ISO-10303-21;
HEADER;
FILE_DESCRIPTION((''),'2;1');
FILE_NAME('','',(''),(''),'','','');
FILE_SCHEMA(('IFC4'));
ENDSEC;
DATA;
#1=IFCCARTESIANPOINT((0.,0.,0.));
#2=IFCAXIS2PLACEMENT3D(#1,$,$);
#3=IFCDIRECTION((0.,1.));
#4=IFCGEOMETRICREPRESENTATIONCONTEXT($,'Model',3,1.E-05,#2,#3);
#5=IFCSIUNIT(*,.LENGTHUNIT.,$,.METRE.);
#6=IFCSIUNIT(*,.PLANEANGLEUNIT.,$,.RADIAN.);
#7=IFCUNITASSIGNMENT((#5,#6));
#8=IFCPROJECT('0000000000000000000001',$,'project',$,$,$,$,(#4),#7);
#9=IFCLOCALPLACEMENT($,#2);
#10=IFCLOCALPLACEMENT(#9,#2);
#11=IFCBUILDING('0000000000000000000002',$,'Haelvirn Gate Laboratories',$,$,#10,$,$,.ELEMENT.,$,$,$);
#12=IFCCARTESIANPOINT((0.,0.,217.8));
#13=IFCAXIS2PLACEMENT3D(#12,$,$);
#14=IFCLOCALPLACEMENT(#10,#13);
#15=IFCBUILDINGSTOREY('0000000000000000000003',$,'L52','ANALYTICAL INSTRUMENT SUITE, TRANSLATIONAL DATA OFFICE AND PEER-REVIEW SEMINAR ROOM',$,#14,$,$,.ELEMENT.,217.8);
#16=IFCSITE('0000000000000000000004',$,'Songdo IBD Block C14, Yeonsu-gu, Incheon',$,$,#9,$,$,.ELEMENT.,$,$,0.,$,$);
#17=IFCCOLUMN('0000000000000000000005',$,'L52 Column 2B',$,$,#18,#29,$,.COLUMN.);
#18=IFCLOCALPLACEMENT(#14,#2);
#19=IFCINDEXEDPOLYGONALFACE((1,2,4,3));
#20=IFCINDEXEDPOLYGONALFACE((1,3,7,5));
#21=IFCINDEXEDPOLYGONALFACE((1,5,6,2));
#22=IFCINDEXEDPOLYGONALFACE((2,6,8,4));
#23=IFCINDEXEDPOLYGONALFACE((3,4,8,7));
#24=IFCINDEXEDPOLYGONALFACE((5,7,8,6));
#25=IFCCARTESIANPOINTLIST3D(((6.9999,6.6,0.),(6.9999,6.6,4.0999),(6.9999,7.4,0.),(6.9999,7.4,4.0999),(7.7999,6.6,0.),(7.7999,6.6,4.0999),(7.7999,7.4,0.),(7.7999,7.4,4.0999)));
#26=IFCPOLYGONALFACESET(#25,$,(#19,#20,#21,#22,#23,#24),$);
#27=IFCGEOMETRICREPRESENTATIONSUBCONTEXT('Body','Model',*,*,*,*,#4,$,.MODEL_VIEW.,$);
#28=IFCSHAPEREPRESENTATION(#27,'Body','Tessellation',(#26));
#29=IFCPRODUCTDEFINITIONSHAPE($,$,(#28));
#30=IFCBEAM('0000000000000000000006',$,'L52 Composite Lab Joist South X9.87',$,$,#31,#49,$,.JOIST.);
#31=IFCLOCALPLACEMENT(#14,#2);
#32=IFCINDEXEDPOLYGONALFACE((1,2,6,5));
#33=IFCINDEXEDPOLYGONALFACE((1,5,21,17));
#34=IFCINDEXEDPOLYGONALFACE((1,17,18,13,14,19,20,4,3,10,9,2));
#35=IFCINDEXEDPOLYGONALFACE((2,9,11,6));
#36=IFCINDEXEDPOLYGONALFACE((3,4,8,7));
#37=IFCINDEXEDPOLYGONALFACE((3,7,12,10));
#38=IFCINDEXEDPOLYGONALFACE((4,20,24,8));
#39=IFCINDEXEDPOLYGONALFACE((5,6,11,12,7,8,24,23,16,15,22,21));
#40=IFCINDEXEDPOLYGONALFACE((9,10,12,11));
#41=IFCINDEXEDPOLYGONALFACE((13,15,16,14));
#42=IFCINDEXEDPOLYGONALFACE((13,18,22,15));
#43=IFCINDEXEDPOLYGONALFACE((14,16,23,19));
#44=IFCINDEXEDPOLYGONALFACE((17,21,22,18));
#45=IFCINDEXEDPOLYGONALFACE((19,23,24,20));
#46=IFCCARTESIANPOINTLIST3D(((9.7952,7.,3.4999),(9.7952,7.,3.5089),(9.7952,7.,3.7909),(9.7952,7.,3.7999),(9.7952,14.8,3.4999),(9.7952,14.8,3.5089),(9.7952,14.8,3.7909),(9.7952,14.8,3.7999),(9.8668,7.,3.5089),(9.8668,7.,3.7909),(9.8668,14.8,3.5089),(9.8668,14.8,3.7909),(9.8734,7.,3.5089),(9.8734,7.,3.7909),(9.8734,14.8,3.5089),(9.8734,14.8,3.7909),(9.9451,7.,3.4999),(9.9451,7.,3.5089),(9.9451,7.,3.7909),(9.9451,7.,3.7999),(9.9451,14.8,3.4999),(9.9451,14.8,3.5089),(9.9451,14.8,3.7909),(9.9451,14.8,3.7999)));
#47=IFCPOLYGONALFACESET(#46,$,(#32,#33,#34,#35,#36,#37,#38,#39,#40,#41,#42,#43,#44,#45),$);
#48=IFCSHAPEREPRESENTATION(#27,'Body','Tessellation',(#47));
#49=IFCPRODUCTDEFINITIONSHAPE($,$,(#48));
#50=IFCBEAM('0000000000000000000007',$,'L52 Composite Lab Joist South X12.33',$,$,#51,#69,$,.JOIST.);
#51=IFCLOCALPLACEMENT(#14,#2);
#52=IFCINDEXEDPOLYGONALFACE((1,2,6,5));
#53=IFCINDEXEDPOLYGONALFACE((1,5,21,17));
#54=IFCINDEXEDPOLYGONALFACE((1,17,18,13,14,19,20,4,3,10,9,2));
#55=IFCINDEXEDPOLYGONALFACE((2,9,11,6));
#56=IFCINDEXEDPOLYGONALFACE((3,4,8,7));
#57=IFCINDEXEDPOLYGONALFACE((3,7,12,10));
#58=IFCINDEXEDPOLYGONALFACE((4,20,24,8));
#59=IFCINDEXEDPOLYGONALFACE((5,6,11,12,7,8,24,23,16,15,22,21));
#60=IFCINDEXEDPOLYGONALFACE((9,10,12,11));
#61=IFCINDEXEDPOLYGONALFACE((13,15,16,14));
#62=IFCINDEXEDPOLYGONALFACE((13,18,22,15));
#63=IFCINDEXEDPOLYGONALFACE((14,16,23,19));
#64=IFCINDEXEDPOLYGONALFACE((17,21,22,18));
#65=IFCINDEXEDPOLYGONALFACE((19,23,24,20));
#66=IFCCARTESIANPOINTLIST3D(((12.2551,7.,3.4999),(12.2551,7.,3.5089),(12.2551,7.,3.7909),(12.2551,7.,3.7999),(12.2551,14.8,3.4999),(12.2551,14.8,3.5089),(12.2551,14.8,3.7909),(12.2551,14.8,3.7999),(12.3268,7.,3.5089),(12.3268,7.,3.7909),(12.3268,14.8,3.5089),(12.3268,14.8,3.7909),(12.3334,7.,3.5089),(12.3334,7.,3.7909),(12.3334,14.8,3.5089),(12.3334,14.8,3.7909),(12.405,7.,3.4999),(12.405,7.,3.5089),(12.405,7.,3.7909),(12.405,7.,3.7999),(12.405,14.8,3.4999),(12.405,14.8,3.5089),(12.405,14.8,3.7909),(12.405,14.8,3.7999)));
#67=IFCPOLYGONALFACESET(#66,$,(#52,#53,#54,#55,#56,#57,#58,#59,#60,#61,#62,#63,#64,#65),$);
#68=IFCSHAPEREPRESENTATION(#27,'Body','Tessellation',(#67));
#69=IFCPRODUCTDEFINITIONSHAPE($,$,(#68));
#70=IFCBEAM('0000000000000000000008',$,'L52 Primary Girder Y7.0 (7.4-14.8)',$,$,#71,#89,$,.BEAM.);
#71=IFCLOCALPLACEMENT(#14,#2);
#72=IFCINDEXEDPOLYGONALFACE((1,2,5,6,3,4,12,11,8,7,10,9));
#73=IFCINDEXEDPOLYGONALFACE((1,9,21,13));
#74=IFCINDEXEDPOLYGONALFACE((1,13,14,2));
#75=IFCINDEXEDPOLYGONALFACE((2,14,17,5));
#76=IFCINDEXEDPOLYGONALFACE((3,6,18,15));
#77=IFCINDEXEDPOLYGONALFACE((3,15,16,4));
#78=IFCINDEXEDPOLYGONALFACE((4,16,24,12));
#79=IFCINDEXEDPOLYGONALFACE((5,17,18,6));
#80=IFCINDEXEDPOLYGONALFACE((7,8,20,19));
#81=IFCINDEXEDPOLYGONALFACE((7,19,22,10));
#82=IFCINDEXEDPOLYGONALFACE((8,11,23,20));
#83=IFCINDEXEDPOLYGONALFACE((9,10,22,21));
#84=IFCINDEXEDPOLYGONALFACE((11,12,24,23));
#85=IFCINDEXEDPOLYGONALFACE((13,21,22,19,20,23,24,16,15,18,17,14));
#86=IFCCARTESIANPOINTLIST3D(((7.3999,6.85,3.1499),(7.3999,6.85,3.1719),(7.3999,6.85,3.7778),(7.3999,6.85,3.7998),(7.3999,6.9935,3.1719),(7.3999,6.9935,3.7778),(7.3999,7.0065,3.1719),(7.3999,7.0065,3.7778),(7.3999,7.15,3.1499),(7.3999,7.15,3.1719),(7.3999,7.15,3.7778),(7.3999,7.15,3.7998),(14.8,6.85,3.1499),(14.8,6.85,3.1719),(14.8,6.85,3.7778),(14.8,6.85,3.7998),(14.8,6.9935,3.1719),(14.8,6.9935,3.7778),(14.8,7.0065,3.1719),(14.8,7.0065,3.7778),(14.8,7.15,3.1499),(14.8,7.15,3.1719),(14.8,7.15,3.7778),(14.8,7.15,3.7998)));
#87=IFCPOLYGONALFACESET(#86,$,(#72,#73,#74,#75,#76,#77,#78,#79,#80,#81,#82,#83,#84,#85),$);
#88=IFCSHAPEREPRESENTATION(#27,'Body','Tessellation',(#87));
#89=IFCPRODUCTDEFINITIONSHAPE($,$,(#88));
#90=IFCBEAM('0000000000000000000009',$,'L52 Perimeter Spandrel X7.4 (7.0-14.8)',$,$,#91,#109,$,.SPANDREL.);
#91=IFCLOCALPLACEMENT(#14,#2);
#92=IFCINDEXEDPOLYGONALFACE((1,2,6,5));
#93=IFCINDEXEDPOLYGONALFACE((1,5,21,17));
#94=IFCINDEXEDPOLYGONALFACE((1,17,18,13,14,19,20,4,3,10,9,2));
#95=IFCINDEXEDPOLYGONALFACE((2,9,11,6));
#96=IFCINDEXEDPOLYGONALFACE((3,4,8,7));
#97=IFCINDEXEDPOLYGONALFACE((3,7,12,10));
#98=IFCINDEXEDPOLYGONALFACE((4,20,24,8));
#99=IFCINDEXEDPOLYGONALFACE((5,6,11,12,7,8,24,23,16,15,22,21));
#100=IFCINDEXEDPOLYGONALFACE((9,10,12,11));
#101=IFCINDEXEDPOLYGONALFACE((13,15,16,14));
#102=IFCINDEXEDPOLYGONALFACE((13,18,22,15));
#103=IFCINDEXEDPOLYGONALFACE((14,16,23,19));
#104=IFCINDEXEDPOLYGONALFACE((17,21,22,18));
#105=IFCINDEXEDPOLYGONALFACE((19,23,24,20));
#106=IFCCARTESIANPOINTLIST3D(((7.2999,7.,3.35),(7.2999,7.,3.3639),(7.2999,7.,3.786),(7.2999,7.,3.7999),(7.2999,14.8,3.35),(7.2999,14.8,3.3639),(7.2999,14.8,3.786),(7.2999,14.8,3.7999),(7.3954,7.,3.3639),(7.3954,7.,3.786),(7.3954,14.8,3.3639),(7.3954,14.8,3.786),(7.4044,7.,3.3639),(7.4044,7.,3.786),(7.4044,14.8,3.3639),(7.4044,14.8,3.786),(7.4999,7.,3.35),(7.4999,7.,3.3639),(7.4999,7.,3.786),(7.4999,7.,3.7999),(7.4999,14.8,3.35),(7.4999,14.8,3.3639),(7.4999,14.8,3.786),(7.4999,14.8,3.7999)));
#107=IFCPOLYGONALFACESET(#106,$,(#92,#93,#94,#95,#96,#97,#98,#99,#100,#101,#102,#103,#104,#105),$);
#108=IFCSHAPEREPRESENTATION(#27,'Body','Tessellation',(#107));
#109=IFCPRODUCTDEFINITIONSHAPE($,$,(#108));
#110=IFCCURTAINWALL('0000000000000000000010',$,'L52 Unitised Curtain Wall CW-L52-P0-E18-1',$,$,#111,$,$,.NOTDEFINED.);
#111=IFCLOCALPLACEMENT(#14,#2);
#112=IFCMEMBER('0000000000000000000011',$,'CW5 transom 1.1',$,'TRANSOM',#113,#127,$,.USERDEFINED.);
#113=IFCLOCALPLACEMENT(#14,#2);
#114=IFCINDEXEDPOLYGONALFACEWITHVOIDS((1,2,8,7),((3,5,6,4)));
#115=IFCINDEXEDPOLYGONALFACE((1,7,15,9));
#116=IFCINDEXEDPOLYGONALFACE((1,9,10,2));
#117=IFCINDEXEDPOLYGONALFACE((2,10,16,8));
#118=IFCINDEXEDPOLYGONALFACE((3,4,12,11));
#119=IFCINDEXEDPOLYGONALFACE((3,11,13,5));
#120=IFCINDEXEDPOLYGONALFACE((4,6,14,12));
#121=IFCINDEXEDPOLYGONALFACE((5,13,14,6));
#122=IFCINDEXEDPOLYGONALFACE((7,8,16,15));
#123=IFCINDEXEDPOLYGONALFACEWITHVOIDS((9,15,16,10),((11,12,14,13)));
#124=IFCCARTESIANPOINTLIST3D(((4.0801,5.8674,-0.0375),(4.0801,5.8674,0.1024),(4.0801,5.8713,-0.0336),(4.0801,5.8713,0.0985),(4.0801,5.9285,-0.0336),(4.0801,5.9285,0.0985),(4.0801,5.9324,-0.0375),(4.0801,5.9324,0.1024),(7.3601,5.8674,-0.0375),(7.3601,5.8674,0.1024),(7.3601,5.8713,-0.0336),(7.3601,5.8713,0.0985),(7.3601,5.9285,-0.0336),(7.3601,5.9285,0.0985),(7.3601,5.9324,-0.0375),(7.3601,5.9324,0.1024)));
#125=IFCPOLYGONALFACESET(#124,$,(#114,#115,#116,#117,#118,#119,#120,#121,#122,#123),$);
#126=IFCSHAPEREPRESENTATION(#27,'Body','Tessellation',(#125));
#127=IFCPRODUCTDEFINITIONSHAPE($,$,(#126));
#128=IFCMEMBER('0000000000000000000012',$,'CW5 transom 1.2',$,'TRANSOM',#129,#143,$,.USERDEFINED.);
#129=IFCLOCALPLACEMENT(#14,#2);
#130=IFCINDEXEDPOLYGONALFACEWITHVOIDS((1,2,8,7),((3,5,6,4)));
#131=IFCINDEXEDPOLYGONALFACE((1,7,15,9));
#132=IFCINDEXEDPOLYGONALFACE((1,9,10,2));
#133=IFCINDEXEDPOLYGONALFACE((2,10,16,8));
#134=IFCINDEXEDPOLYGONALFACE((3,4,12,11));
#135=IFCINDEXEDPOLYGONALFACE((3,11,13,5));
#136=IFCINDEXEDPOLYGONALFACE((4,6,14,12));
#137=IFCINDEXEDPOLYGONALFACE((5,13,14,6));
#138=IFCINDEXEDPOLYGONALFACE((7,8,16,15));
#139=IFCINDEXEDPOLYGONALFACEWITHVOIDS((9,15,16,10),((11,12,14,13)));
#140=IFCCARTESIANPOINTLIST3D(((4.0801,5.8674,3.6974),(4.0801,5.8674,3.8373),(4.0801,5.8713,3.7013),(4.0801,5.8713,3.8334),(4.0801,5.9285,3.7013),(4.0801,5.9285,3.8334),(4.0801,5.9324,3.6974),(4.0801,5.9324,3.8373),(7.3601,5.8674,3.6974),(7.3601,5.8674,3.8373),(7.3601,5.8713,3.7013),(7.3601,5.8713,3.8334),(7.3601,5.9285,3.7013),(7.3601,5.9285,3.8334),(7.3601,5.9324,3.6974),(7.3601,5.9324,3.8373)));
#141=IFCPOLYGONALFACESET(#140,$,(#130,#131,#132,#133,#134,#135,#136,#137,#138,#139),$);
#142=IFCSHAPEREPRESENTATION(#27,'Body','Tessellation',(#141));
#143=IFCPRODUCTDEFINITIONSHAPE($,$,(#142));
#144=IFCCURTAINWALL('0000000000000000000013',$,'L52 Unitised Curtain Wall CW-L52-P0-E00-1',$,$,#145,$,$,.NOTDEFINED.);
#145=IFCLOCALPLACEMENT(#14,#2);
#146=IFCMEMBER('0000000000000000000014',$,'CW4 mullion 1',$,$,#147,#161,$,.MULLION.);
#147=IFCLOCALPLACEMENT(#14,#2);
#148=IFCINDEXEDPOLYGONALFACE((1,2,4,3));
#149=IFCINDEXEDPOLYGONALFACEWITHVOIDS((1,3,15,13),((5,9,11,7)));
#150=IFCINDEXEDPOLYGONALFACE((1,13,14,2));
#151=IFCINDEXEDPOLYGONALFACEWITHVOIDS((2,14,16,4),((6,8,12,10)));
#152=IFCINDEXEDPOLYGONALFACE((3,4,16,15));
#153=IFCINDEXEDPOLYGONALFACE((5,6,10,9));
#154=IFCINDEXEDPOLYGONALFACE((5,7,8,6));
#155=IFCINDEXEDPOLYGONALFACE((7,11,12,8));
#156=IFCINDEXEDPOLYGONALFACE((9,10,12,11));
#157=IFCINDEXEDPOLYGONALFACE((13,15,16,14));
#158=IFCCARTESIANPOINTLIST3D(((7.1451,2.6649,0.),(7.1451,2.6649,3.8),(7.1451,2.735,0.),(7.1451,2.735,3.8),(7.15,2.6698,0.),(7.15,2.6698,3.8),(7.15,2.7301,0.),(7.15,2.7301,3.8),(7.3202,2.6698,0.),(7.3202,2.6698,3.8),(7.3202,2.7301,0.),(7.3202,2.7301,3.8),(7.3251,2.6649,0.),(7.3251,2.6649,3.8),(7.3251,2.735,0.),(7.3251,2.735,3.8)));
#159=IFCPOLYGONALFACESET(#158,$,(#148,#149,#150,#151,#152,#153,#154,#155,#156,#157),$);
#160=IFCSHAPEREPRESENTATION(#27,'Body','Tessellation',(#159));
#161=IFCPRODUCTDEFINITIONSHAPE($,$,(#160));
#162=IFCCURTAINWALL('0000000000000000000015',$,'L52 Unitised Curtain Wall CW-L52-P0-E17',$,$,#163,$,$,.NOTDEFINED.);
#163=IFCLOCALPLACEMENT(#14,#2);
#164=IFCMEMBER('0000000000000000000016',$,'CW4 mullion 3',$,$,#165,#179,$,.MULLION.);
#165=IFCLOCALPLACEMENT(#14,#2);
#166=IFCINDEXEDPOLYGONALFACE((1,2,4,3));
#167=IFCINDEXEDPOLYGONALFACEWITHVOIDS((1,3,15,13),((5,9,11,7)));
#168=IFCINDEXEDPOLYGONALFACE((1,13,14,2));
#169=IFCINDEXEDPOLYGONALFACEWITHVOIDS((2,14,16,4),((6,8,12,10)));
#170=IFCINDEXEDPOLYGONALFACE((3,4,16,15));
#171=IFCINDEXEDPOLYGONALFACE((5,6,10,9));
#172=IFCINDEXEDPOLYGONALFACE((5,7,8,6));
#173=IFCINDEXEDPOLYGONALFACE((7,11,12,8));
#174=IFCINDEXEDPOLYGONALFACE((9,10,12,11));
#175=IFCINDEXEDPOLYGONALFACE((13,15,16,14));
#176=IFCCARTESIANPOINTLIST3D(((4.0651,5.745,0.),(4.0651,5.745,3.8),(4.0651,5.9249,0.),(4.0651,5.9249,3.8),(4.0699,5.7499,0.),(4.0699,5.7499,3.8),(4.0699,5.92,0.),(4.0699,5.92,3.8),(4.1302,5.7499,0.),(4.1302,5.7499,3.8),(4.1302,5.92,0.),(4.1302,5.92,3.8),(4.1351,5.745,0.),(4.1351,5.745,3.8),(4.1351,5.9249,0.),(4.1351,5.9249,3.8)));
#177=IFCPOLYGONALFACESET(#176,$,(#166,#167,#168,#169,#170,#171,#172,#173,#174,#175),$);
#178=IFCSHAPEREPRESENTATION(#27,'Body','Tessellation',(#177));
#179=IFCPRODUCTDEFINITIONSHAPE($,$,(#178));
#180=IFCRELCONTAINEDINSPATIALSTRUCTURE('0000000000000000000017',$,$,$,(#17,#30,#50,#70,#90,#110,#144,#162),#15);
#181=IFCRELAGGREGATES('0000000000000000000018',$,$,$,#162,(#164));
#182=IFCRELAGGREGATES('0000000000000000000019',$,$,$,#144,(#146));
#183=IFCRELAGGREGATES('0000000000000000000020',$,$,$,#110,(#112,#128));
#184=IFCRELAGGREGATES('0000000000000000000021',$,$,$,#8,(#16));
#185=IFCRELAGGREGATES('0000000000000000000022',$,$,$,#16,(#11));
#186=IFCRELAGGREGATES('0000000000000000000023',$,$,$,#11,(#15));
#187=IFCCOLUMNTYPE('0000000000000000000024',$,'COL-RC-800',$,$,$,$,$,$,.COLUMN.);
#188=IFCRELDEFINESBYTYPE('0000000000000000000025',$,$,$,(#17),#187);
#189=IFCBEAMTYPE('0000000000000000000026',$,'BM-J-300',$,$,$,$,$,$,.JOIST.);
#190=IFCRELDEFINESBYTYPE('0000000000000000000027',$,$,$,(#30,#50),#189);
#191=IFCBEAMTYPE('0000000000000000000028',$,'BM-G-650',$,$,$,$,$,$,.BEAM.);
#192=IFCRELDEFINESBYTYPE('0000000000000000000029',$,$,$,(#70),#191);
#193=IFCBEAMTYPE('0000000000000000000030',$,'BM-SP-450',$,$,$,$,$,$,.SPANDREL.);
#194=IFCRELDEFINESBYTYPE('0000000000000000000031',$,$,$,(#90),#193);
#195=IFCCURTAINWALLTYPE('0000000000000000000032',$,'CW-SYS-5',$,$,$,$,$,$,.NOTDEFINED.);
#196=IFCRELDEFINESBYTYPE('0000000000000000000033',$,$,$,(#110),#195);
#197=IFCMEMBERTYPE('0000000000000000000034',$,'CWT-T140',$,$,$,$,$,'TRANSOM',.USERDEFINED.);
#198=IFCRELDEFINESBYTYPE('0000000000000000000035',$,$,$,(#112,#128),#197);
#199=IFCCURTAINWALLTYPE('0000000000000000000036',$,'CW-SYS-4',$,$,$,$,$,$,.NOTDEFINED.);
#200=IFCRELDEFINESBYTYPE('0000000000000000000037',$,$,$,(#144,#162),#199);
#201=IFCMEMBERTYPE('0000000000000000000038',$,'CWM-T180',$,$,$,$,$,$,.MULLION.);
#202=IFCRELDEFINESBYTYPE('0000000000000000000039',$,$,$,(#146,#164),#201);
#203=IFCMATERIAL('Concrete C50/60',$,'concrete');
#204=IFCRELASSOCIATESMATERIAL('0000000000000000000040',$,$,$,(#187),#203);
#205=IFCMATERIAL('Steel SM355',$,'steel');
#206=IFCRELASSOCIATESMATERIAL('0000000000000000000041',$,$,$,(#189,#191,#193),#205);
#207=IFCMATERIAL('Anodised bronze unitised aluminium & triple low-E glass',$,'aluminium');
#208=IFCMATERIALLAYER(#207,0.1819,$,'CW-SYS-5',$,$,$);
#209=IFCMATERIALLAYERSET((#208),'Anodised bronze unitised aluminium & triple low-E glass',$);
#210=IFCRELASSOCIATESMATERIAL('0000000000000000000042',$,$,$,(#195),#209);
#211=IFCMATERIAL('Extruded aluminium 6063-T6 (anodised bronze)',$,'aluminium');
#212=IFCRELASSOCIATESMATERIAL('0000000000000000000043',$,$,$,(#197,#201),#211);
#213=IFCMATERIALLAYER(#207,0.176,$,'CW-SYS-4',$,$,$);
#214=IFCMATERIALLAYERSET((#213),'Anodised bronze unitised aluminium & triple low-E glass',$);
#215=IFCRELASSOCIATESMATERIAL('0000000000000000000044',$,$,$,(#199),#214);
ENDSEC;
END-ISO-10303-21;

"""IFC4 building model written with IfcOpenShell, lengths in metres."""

from ifc_helpers import new_model, si_unit, direction, frame, origin, origin_2d, place, context, subcontext, project, spatial, rectangle, hollow_rectangle, i_section, extrude, source, transform, mapped, material, layer, layer_set, material_profile, profile_set, type_object, type_shapes, element, aggregate, save


model = new_model("IFC4")

# Units and contexts
model_context = context("Model", 3, precision=1e-05, world=origin(), true_north=direction((0.0, 1.0)))
body_context = subcontext(model_context, "Body", "Model", "MODEL_VIEW")
ifc_project = project(units=[si_unit("LENGTHUNIT", "METRE"), si_unit("PLANEANGLEUNIT", "RADIAN")], contexts=[model_context])

# Site, building, storey
site_placement = place(None, origin())
site = spatial("IfcSite", under=ifc_project, at=site_placement, Name="Songdo IBD Block C14, Yeonsu-gu, Incheon", CompositionType="ELEMENT", RefElevation=0.0)
building_placement = place(site_placement, origin())
building = spatial("IfcBuilding", under=site, at=building_placement, Name="Haelvirn Gate Laboratories", CompositionType="ELEMENT")
storey_placement = place(building_placement, frame((0.0, 0.0, 217.8)))
storey = spatial("IfcBuildingStorey", under=building, at=storey_placement, Name="L52", Description="ANALYTICAL INSTRUMENT SUITE, TRANSLATIONAL DATA OFFICE AND PEER-REVIEW SEMINAR ROOM", CompositionType="ELEMENT", Elevation=217.8)

# Column
ifc_material_1 = material(Name="Concrete C50/60", Category="concrete")
ifc_material_profile_1 = material_profile(ifc_material_1, rectangle(XDim=0.8, YDim=0.8, at=origin_2d()), Name="RC-800x800")
ifc_profile_set_1 = profile_set([ifc_material_profile_1], Name="Concrete C50/60")
column_type = type_object("IfcColumnType", Name="COL-RC-800", PredefinedType="COLUMN", material=ifc_profile_set_1)
shared_shape_1 = source(origin(), body_context, "Body", "SweptSolid", [
    extrude(rectangle(XDim=0.8, YDim=0.8, at=origin_2d()), origin(), (0.0, 0.0, 1.0), 4.0999),
])
type_shapes(column_type, [shared_shape_1])
column_placement = place(storey_placement, frame((7.3999, 7.0, 0.0), z_axis=(0.0, 0.0, 1.0), x_axis=(1.0, 0.0, 0.0)))
element("IfcColumn", 1, at=column_placement, inside=storey, type_object=column_type, Name="L52 Column 2B", PredefinedType="COLUMN", context=body_context, shape_type="MappedRepresentation", body=[
    mapped(shared_shape_1, transform((0.0, 0.0, 0.0), scale=1.0)),
])

# Beams
ifc_material_2 = material(Name="Steel SM355", Category="steel")
ifc_material_profile_2 = material_profile(ifc_material_2, i_section(OverallWidth=0.1499, OverallDepth=0.3, WebThickness=0.0066, FlangeThickness=0.009, at=origin_2d()), Name="H-300x150x6.5x9")
ifc_profile_set_2 = profile_set([ifc_material_profile_2], Name="Steel SM355")
beam_type_1 = type_object("IfcBeamType", Name="BM-J-300", PredefinedType="JOIST", material=ifc_profile_set_2)
shared_shape_2 = source(origin(), body_context, "Body", "SweptSolid", [
    extrude(i_section(OverallWidth=0.1499, OverallDepth=0.3, WebThickness=0.0066, FlangeThickness=0.009, at=origin_2d()), origin(), (0.0, 0.0, 1.0), 7.8),
])
type_shapes(beam_type_1, [shared_shape_2])
for number, where, z_axis, x_axis, name in (
    (2, (9.8701, 7.0, 3.6499), (0.0, 1.0, 0.0), (-1.0, 0.0, 0.0), "L52 Composite Lab Joist South X9.87"),
    (3, (12.3301, 7.0, 3.6499), (0.0, 1.0, 0.0), (-1.0, 0.0, 0.0), "L52 Composite Lab Joist South X12.33"),
):
    element("IfcBeam", number, at=place(storey_placement, frame(where, z_axis=z_axis, x_axis=x_axis)), inside=storey, type_object=beam_type_1, Name=name, PredefinedType="JOIST", context=body_context, shape_type="MappedRepresentation", body=[
        mapped(shared_shape_2, transform((0.0, 0.0, 0.0), scale=1.0)),
    ])
ifc_material_profile_3 = material_profile(ifc_material_2, i_section(OverallWidth=0.3, OverallDepth=0.6499, WebThickness=0.0129, FlangeThickness=0.022, at=origin_2d()), Name="H-650x300x13x22")
ifc_profile_set_3 = profile_set([ifc_material_profile_3], Name="Steel SM355")
beam_type_2 = type_object("IfcBeamType", Name="BM-G-650", PredefinedType="BEAM", material=ifc_profile_set_3)
shared_shape_3 = source(origin(), body_context, "Body", "SweptSolid", [
    extrude(i_section(OverallWidth=0.3, OverallDepth=0.6499, WebThickness=0.0129, FlangeThickness=0.022, at=origin_2d()), origin(), (0.0, 0.0, 1.0), 7.4001),
])
type_shapes(beam_type_2, [shared_shape_3])
beam_1_placement = place(storey_placement, frame((7.3999, 7.0, 3.4749), z_axis=(1.0, 0.0, 0.0), x_axis=(0.0, 1.0, 0.0)))
element("IfcBeam", 4, at=beam_1_placement, inside=storey, type_object=beam_type_2, Name="L52 Primary Girder Y7.0 (7.4-14.8)", PredefinedType="BEAM", context=body_context, shape_type="MappedRepresentation", body=[
    mapped(shared_shape_3, transform((0.0, 0.0, 0.0), scale=1.0)),
])
ifc_material_profile_4 = material_profile(ifc_material_2, i_section(OverallWidth=0.2, OverallDepth=0.45, WebThickness=0.009, FlangeThickness=0.0139, at=origin_2d()), Name="H-450x200x9x14")
ifc_profile_set_4 = profile_set([ifc_material_profile_4], Name="Steel SM355")
beam_type_3 = type_object("IfcBeamType", Name="BM-SP-450", PredefinedType="SPANDREL", material=ifc_profile_set_4)
shared_shape_4 = source(origin(), body_context, "Body", "SweptSolid", [
    extrude(i_section(OverallWidth=0.2, OverallDepth=0.45, WebThickness=0.009, FlangeThickness=0.0139, at=origin_2d()), origin(), (0.0, 0.0, 1.0), 7.8),
])
type_shapes(beam_type_3, [shared_shape_4])
beam_2_placement = place(storey_placement, frame((7.3999, 7.0, 3.575), z_axis=(0.0, 1.0, 0.0), x_axis=(-1.0, 0.0, 0.0)))
element("IfcBeam", 5, at=beam_2_placement, inside=storey, type_object=beam_type_3, Name="L52 Perimeter Spandrel X7.4 (7.0-14.8)", PredefinedType="SPANDREL", context=body_context, shape_type="MappedRepresentation", body=[
    mapped(shared_shape_4, transform((0.0, 0.0, 0.0), scale=1.0)),
])

# Curtain wall, members
ifc_material_3 = material(Name="Anodised bronze unitised aluminium & triple low-E glass", Category="aluminium")
ifc_layer_1 = layer(ifc_material_3, 0.1819, Name="CW-SYS-5")
ifc_layer_set_1 = layer_set([ifc_layer_1], Name="Anodised bronze unitised aluminium & triple low-E glass")
curtain_wall_type_1 = type_object("IfcCurtainWallType", Name="CW-SYS-5", PredefinedType="NOTDEFINED", material=ifc_layer_set_1)
curtain_wall_1_placement = place(storey_placement, origin())
curtain_wall_1 = element("IfcCurtainWall", 6, at=curtain_wall_1_placement, inside=storey, type_object=curtain_wall_type_1, Name="L52 Unitised Curtain Wall CW-L52-P0-E18-1", PredefinedType="NOTDEFINED")
ifc_material_4 = material(Name="Extruded aluminium 6063-T6 (anodised bronze)", Category="aluminium")
ifc_material_profile_5 = material_profile(ifc_material_4, hollow_rectangle(XDim=0.0649, YDim=0.1399, WallThickness=0.0039, at=origin_2d()), Name="CWT-140x65x4")
ifc_profile_set_5 = profile_set([ifc_material_profile_5], Name="Extruded aluminium 6063-T6 (anodised bronze)")
member_type_1 = type_object("IfcMemberType", Name="CWT-T140", ElementType="TRANSOM", PredefinedType="USERDEFINED", material=ifc_profile_set_5)
shared_shape_5 = source(origin(), body_context, "Body", "SweptSolid", [
    extrude(hollow_rectangle(XDim=0.0649, YDim=0.1399, WallThickness=0.0039, at=origin_2d()), origin(), (0.0, 0.0, 1.0), 3.28),
])
member_1_placement = place(storey_placement, frame((4.0801, 5.8999, 0.0325), z_axis=(1.0, 0.0, 0.0), x_axis=(0.0, 1.0, 0.0)))
member_1 = element("IfcMember", 7, at=member_1_placement, type_object=member_type_1, Name="CW5 transom 1.1", ObjectType="TRANSOM", PredefinedType="USERDEFINED", context=body_context, shape_type="MappedRepresentation", body=[
    mapped(shared_shape_5, transform((0.0, 0.0, 0.0), scale=1.0)),
])
member_2_placement = place(storey_placement, frame((4.0801, 5.8999, 3.7673), z_axis=(1.0, 0.0, 0.0), x_axis=(0.0, 1.0, 0.0)))
member_2 = element("IfcMember", 8, at=member_2_placement, type_object=member_type_1, Name="CW5 transom 1.2", ObjectType="TRANSOM", PredefinedType="USERDEFINED", context=body_context, shape_type="MappedRepresentation", body=[
    mapped(shared_shape_5, transform((0.0, 0.0, 0.0), scale=1.0)),
])

# Curtain walls, members
ifc_layer_2 = layer(ifc_material_3, 0.176, Name="CW-SYS-4")
ifc_layer_set_2 = layer_set([ifc_layer_2], Name="Anodised bronze unitised aluminium & triple low-E glass")
curtain_wall_type_2 = type_object("IfcCurtainWallType", Name="CW-SYS-4", PredefinedType="NOTDEFINED", material=ifc_layer_set_2)
curtain_wall_2_placement = place(storey_placement, origin())
curtain_wall_2 = element("IfcCurtainWall", 9, at=curtain_wall_2_placement, inside=storey, type_object=curtain_wall_type_2, Name="L52 Unitised Curtain Wall CW-L52-P0-E00-1", PredefinedType="NOTDEFINED")
ifc_material_profile_6 = material_profile(ifc_material_4, hollow_rectangle(XDim=0.0701, YDim=0.1799, WallThickness=0.0049, at=origin_2d()), Name="CWM-180x70x5")
ifc_profile_set_6 = profile_set([ifc_material_profile_6], Name="Extruded aluminium 6063-T6 (anodised bronze)")
member_type_2 = type_object("IfcMemberType", Name="CWM-T180", PredefinedType="MULLION", material=ifc_profile_set_6)
shared_shape_6 = source(origin(), body_context, "Body", "SweptSolid", [
    extrude(hollow_rectangle(XDim=0.0701, YDim=0.1799, WallThickness=0.0049, at=origin_2d()), origin(), (0.0, 0.0, 1.0), 3.8),
])
type_shapes(member_type_2, [shared_shape_6])
member_3_placement = place(storey_placement, frame((7.2351, 2.7, 0.0), z_axis=(0.0, 0.0, 1.0), x_axis=(0.0, 1.0, 0.0)))
member_3 = element("IfcMember", 10, at=member_3_placement, type_object=member_type_2, Name="CW4 mullion 1", PredefinedType="MULLION", context=body_context, shape_type="MappedRepresentation", body=[
    mapped(shared_shape_6, transform((0.0, 0.0, 0.0), scale=1.0)),
])
curtain_wall_3_placement = place(storey_placement, origin())
curtain_wall_3 = element("IfcCurtainWall", 11, at=curtain_wall_3_placement, inside=storey, type_object=curtain_wall_type_2, Name="L52 Unitised Curtain Wall CW-L52-P0-E17", PredefinedType="NOTDEFINED")
member_4_placement = place(storey_placement, frame((4.1001, 5.835, 0.0), z_axis=(0.0, 0.0, 1.0), x_axis=(1.0, 0.0, 0.0)))
member_4 = element("IfcMember", 12, at=member_4_placement, type_object=member_type_2, Name="CW4 mullion 3", PredefinedType="MULLION", context=body_context, shape_type="MappedRepresentation", body=[
    mapped(shared_shape_6, transform((0.0, 0.0, 0.0), scale=1.0)),
])
aggregate(curtain_wall_3, [member_4])

aggregate(curtain_wall_2, [member_3])
aggregate(curtain_wall_1, [member_1, member_2])

save(model, "model.ifc")
